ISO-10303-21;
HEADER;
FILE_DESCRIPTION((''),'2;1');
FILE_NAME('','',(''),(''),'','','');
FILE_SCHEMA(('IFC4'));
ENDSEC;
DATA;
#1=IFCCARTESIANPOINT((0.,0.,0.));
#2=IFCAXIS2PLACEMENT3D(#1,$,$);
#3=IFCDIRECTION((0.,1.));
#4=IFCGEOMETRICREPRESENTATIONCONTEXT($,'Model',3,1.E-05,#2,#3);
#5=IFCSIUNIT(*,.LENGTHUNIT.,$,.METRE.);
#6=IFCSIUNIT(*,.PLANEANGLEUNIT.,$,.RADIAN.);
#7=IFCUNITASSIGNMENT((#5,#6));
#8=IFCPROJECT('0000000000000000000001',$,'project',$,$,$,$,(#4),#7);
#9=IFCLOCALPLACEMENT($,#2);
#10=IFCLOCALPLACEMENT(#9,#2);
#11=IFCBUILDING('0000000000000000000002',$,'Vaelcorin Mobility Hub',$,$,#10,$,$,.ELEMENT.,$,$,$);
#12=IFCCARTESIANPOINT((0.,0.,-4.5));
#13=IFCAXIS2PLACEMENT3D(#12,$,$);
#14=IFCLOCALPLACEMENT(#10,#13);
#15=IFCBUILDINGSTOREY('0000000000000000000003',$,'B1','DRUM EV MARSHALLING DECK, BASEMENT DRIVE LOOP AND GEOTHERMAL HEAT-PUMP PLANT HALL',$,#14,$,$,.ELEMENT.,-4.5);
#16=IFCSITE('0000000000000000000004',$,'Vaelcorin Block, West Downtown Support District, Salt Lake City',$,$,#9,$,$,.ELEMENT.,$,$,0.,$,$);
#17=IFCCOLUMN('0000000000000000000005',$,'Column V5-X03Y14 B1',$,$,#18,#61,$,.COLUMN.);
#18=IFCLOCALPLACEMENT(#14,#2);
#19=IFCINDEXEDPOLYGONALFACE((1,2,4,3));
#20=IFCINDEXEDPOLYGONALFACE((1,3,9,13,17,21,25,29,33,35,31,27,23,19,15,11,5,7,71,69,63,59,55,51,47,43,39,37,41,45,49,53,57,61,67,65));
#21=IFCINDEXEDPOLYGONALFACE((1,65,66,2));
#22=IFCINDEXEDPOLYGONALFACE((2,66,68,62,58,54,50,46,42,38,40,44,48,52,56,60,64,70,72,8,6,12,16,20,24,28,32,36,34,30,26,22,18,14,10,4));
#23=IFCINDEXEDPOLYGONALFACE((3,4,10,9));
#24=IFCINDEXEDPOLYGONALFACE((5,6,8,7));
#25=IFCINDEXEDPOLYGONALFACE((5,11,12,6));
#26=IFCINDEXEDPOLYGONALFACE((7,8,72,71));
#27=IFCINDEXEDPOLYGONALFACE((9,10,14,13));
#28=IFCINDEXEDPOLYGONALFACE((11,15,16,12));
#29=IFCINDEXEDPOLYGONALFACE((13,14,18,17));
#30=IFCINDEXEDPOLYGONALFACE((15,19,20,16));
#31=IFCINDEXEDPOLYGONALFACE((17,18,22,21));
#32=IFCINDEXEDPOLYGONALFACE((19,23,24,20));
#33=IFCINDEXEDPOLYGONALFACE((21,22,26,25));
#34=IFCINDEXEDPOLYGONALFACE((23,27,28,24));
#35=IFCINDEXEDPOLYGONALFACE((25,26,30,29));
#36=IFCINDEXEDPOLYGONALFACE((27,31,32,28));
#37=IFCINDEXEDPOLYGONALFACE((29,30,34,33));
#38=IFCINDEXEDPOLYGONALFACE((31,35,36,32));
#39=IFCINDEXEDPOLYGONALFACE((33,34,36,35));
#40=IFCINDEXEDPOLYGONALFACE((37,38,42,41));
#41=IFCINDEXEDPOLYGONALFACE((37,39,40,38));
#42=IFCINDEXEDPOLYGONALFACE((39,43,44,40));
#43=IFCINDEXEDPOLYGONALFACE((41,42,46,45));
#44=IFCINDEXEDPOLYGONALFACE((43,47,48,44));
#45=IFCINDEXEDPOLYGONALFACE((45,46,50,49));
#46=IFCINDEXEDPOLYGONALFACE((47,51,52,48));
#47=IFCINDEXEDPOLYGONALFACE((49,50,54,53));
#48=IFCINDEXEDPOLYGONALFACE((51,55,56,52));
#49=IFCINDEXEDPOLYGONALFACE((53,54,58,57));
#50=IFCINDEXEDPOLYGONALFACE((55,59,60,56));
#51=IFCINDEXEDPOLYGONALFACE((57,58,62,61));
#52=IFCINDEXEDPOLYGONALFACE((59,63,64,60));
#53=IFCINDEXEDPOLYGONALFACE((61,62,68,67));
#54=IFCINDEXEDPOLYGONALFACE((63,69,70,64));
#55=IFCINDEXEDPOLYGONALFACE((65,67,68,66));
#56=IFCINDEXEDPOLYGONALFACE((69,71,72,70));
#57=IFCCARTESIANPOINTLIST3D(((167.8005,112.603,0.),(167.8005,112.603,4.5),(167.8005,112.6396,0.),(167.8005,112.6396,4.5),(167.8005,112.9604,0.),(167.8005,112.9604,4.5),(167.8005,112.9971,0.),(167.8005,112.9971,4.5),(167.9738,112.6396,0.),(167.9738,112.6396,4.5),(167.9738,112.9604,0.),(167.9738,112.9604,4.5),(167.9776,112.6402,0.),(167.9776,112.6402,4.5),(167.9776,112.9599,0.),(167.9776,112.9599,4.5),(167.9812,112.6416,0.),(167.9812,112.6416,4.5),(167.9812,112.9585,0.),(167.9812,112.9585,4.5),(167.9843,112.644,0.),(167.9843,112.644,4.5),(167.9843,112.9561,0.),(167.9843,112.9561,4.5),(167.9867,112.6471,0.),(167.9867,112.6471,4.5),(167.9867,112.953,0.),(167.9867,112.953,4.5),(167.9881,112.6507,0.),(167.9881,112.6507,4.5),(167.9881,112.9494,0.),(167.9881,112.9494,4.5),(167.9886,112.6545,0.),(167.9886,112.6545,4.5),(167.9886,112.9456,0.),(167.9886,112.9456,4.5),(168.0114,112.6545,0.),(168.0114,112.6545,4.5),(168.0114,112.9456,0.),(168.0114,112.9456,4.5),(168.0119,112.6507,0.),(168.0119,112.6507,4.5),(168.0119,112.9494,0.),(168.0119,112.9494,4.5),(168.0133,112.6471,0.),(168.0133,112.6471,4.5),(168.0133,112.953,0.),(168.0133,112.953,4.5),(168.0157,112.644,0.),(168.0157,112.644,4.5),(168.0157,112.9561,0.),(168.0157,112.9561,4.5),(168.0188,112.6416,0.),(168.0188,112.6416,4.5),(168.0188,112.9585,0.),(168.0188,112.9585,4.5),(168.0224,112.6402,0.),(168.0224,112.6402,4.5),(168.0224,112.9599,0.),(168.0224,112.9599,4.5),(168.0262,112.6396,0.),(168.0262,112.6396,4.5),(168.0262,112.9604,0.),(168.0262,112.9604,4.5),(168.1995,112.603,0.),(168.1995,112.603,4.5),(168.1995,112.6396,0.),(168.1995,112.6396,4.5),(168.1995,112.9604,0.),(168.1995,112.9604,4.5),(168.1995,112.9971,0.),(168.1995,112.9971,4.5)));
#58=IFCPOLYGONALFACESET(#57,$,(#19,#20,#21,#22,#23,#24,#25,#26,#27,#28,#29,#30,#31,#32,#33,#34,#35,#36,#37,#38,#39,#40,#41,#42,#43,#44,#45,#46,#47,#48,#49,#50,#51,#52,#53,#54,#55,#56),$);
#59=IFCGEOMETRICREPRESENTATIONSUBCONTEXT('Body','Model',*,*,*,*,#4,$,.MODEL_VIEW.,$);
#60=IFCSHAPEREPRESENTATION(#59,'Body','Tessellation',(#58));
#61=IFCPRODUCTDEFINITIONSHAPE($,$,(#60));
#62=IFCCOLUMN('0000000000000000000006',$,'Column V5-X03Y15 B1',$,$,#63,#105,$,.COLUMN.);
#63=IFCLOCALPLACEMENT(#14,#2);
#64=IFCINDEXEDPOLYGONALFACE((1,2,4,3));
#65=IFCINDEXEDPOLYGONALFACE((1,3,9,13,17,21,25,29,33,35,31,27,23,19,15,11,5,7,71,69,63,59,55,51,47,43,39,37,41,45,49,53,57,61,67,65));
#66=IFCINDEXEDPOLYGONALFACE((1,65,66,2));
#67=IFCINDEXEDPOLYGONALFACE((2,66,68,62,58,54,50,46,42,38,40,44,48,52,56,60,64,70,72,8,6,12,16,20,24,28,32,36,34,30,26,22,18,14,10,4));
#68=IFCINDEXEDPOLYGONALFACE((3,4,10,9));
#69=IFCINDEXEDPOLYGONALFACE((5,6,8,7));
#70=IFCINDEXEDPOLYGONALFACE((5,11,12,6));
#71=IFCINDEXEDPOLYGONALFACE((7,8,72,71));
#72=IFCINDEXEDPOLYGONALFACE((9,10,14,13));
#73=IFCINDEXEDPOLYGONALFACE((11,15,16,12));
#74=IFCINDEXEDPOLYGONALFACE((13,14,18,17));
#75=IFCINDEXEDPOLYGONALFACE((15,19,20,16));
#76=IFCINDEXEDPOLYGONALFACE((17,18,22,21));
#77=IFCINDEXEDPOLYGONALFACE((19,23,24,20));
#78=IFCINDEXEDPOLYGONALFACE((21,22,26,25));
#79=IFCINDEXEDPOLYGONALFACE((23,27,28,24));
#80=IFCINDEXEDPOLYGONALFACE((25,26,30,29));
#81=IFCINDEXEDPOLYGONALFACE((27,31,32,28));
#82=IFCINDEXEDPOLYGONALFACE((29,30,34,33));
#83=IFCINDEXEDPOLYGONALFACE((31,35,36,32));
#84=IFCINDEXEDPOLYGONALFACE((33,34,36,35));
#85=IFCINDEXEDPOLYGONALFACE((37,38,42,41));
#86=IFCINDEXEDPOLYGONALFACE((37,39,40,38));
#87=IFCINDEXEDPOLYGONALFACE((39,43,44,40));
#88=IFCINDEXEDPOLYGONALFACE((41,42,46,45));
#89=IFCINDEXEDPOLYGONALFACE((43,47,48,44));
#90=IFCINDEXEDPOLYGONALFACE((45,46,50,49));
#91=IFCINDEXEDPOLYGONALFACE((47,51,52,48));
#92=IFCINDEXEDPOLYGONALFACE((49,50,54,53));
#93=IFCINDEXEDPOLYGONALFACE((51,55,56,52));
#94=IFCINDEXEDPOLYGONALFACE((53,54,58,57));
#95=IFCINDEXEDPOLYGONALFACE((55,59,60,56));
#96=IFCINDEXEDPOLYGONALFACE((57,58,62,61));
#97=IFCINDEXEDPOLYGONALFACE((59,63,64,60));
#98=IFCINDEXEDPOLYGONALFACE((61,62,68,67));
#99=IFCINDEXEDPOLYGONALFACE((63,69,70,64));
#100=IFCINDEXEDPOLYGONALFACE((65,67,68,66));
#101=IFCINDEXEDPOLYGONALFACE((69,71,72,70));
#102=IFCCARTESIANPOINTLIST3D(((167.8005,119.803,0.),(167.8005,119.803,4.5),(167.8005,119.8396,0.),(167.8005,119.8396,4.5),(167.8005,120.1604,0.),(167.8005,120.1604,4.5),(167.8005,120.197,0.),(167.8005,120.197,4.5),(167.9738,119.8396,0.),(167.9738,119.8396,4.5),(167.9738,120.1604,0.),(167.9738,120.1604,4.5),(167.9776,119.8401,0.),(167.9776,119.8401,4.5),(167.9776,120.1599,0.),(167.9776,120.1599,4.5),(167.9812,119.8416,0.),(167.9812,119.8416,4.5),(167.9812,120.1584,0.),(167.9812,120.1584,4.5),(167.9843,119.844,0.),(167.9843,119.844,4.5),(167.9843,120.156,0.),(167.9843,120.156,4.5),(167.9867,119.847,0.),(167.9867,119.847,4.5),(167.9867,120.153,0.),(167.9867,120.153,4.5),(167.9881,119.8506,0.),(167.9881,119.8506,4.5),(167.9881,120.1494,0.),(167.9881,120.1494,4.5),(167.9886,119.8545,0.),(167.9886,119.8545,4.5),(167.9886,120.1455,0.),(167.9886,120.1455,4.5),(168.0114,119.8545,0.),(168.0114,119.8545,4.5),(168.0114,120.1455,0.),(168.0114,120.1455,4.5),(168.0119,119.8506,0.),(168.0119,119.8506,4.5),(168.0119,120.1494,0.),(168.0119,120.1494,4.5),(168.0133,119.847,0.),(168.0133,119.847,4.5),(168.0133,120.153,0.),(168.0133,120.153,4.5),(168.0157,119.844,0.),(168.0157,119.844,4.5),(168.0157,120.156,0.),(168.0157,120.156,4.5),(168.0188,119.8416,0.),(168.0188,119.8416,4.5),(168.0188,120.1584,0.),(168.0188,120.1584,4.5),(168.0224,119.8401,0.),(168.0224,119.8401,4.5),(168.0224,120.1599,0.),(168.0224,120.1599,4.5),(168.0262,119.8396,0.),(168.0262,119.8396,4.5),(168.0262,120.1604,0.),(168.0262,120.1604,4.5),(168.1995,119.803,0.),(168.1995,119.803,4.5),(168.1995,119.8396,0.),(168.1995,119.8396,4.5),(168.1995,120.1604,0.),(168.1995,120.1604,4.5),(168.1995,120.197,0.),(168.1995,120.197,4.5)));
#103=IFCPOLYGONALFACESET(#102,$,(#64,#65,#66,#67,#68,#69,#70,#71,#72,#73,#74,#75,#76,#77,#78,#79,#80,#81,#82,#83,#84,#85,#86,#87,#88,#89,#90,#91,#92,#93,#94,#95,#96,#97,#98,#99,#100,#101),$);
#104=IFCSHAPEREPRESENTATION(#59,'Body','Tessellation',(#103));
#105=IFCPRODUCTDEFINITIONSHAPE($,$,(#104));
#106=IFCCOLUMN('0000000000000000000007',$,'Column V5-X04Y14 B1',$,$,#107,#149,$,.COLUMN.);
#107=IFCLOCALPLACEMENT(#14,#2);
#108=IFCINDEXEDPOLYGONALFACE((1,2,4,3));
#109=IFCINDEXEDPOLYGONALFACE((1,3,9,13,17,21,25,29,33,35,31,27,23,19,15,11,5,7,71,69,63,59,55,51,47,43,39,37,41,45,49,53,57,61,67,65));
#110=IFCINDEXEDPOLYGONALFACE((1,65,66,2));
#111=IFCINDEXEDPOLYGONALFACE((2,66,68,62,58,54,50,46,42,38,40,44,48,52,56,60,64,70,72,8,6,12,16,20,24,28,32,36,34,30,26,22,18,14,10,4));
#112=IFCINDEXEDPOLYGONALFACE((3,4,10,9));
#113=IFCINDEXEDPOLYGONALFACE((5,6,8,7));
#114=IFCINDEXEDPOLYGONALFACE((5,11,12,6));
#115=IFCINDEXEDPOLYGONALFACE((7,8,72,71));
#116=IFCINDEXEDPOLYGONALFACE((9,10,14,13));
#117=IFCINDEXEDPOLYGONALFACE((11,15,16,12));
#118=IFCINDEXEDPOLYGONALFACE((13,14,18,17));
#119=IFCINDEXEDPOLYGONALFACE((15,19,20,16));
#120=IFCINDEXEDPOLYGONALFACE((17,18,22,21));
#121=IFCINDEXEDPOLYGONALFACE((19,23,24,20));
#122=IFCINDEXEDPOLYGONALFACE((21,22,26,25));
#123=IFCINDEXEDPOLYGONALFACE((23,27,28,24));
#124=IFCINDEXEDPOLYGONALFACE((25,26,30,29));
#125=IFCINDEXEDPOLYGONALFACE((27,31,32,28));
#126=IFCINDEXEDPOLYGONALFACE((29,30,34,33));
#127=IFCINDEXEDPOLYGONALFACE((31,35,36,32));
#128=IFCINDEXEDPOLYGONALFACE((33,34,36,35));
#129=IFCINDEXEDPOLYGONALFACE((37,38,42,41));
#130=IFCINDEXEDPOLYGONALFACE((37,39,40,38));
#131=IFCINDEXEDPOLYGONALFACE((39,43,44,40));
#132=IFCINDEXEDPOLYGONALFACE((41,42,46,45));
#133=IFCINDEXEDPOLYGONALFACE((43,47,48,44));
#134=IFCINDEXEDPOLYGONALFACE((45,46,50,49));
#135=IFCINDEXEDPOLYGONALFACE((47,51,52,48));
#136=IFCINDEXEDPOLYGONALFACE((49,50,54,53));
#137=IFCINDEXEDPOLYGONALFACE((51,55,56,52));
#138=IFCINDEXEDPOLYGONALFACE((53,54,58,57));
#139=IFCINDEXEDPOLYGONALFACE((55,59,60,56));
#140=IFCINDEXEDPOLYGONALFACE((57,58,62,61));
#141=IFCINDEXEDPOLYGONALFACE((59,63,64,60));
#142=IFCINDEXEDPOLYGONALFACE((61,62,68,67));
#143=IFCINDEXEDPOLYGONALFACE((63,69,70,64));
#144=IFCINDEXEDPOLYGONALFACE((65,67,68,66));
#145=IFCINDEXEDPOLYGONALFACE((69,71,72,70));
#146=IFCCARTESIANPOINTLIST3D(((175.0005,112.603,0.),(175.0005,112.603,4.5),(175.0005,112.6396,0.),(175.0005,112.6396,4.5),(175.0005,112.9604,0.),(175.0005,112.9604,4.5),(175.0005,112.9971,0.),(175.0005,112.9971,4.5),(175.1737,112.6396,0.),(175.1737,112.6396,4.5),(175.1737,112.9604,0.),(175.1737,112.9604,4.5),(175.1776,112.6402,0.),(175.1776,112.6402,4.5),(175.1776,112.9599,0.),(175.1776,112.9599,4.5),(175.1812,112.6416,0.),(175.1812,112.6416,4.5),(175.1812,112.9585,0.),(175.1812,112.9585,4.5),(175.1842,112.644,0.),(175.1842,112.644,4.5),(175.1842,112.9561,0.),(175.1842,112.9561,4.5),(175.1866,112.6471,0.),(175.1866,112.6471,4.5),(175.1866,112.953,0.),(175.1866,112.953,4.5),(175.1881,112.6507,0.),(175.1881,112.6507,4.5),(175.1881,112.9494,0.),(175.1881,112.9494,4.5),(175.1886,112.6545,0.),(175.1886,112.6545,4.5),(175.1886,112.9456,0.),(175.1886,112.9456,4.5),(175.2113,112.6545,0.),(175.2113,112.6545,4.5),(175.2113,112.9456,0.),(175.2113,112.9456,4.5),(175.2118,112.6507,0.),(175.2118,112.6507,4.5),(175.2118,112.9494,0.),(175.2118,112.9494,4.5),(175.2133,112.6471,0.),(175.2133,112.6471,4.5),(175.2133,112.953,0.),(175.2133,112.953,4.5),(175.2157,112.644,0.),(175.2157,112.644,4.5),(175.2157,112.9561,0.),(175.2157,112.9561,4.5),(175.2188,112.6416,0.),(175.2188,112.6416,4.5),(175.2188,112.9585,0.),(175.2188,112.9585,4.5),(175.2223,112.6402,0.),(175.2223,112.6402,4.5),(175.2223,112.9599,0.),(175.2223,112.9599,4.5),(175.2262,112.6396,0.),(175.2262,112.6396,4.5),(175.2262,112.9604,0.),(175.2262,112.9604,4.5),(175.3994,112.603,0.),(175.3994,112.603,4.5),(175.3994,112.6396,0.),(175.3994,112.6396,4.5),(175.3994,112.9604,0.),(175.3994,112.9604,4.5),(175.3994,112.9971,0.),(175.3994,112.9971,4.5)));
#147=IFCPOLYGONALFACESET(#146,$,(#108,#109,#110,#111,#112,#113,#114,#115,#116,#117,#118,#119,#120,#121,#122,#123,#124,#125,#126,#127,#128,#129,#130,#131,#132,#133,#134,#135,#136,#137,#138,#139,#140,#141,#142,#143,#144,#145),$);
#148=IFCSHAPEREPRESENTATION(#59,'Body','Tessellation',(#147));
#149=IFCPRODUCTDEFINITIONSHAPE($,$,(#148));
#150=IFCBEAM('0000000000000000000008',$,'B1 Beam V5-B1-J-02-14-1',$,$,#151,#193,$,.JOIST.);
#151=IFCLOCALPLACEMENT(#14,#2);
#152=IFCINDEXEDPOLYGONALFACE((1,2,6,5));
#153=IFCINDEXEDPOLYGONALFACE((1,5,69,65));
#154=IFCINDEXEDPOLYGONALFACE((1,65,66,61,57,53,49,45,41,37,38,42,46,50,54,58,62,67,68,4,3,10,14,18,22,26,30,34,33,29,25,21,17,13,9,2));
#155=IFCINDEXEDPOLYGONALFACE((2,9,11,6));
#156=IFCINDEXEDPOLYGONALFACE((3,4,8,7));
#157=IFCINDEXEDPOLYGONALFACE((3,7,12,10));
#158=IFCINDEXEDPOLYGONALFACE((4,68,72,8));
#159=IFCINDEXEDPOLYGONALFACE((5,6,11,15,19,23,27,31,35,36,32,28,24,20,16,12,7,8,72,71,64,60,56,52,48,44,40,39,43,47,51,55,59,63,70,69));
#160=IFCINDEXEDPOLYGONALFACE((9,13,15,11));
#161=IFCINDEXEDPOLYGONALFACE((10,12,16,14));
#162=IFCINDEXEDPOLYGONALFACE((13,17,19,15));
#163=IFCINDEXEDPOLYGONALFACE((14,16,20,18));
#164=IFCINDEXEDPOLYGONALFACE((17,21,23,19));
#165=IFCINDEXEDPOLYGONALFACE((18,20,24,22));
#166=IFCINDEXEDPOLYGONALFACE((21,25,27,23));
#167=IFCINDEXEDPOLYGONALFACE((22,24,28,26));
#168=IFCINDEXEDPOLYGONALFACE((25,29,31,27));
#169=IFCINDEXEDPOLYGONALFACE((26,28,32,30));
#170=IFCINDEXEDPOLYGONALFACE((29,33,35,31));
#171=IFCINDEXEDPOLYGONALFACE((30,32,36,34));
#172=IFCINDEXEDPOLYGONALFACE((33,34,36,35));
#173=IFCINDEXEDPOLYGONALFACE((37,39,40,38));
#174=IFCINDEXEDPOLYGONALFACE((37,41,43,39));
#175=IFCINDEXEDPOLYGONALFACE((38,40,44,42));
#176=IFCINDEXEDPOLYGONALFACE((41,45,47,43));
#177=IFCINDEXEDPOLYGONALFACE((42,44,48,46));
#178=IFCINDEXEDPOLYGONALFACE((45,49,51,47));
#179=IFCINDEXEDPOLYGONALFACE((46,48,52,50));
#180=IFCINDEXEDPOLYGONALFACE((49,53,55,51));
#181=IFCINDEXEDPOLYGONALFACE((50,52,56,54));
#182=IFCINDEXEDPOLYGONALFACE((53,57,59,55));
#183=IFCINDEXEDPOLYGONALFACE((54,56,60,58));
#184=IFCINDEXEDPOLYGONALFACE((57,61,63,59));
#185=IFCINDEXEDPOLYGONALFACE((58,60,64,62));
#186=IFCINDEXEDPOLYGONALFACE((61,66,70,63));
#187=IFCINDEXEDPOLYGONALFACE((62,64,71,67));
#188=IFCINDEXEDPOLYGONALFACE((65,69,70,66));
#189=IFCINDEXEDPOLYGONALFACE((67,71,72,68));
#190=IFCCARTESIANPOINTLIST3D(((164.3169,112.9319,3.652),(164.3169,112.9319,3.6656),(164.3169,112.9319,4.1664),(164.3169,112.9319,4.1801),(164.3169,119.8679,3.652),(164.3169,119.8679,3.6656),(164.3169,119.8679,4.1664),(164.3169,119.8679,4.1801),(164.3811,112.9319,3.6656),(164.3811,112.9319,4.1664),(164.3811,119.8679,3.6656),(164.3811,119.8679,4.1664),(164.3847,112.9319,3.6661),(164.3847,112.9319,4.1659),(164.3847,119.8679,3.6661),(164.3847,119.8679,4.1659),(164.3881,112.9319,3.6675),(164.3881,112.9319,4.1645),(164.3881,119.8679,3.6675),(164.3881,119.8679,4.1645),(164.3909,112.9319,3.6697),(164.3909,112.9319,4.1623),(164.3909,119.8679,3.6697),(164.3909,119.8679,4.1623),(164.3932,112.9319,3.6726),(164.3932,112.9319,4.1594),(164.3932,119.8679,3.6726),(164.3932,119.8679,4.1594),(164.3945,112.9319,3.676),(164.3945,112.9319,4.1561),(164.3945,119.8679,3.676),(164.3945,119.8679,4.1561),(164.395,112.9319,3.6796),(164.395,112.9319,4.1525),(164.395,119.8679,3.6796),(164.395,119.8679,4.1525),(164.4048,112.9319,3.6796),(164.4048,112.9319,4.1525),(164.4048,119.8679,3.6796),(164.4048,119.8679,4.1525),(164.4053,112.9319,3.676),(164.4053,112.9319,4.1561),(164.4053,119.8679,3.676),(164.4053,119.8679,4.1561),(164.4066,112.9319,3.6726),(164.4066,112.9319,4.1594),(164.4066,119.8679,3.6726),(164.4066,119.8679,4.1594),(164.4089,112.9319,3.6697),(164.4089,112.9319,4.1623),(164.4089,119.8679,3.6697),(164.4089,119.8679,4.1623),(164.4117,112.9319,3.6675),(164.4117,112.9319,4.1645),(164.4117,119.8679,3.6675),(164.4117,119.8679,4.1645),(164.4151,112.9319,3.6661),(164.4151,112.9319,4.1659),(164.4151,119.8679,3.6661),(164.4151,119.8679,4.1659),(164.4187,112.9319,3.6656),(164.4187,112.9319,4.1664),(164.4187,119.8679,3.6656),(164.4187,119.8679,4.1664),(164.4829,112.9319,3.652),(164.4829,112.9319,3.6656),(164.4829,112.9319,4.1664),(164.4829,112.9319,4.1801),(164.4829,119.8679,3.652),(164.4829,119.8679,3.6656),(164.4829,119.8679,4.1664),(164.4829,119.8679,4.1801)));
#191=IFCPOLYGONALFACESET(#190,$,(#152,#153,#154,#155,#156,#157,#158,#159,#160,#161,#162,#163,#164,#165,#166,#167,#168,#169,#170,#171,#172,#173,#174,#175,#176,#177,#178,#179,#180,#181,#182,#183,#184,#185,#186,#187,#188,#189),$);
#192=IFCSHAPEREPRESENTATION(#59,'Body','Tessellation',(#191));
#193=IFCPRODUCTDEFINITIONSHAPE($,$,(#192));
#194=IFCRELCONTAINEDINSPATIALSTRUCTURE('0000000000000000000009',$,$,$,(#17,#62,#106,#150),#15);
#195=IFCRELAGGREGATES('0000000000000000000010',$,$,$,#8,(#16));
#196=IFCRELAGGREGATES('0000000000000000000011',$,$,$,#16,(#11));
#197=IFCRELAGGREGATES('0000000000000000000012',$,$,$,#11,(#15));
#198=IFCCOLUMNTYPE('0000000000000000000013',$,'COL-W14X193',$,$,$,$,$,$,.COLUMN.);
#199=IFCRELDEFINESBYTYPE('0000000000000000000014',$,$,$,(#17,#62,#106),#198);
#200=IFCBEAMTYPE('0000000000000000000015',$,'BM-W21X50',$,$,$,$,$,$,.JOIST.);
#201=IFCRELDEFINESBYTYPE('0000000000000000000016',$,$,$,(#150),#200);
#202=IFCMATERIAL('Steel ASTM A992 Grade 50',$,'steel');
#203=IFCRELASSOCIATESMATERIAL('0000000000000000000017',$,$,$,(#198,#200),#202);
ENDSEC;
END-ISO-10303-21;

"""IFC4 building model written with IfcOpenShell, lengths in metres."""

from ifc_helpers import new_model, si_unit, direction, frame, origin, origin_2d, place, context, subcontext, project, spatial, i_section, extrude, material, material_profile, profile_set, type_object, element, save


model = new_model("IFC4")

# Units and contexts
model_context = context("Model", 3, precision=1e-05, world=origin(), true_north=direction((0.0, 1.0)))
body_context = subcontext(model_context, "Body", "Model", "MODEL_VIEW")
ifc_project = project(units=[si_unit("LENGTHUNIT", "METRE"), si_unit("PLANEANGLEUNIT", "RADIAN")], contexts=[model_context])

# Site, building, storey
site_placement = place(None, origin())
site = spatial("IfcSite", under=ifc_project, at=site_placement, Name="Vaelcorin Block, West Downtown Support District, Salt Lake City", CompositionType="ELEMENT", RefElevation=0.0)
building_placement = place(site_placement, origin())
building = spatial("IfcBuilding", under=site, at=building_placement, Name="Vaelcorin Mobility Hub", CompositionType="ELEMENT")
storey_placement = place(building_placement, frame((0.0, 0.0, -4.5)))
storey = spatial("IfcBuildingStorey", under=building, at=storey_placement, Name="B1", Description="DRUM EV MARSHALLING DECK, BASEMENT DRIVE LOOP AND GEOTHERMAL HEAT-PUMP PLANT HALL", CompositionType="ELEMENT", Elevation=-4.5)

# Columns
ifc_material_1 = material(Name="Steel ASTM A992 Grade 50", Category="steel")
ifc_material_profile_1 = material_profile(ifc_material_1, i_section(OverallWidth=0.3989, OverallDepth=0.394, WebThickness=0.0227, FlangeThickness=0.0366, FilletRadius=0.0149, at=origin_2d()), Name="W14X193")
ifc_profile_set_1 = profile_set([ifc_material_profile_1], Name="Steel ASTM A992 Grade 50")
column_type = type_object("IfcColumnType", Name="COL-W14X193", PredefinedType="COLUMN", material=ifc_profile_set_1)
for number, where, z_axis, x_axis, name in (
    (1, (168.0, 112.8, 0.0), (0.0, 0.0, 1.0), (1.0, 0.0, 0.0), "Column V5-X03Y14 B1"),
    (2, (168.0, 120.0, 0.0), (0.0, 0.0, 1.0), (1.0, 0.0, 0.0), "Column V5-X03Y15 B1"),
    (3, (175.2, 112.8, 0.0), (0.0, 0.0, 1.0), (1.0, 0.0, 0.0), "Column V5-X04Y14 B1"),
):
    element("IfcColumn", number, at=place(storey_placement, frame(where, z_axis=z_axis, x_axis=x_axis)), inside=storey, type_object=column_type, Name=name, PredefinedType="COLUMN", context=body_context, shape_type="SweptSolid", body=[
        extrude(i_section(OverallWidth=0.3989, OverallDepth=0.394, WebThickness=0.0227, FlangeThickness=0.0366, FilletRadius=0.0149, at=origin_2d()), origin(), (0.0, 0.0, 1.0), 4.5),
    ])

# Beam
ifc_material_profile_2 = material_profile(ifc_material_1, i_section(OverallWidth=0.166, OverallDepth=0.5281, WebThickness=0.0098, FlangeThickness=0.0137, FilletRadius=0.0139, at=origin_2d()), Name="W21X50")
ifc_profile_set_2 = profile_set([ifc_material_profile_2], Name="Steel ASTM A992 Grade 50")
beam_type_1 = type_object("IfcBeamType", Name="BM-W21X50", PredefinedType="JOIST", material=ifc_profile_set_2)
for number, where, z_axis, x_axis, name in (
    (4, (164.3999, 112.9319, 3.916), (0.0, 1.0, 0.0), (-1.0, 0.0, 0.0), "B1 Beam V5-B1-J-02-14-1"),
):
    element("IfcBeam", number, at=place(storey_placement, frame(where, z_axis=z_axis, x_axis=x_axis)), inside=storey, type_object=beam_type_1, Name=name, PredefinedType="JOIST", context=body_context, shape_type="SweptSolid", body=[
        extrude(i_section(OverallWidth=0.166, OverallDepth=0.5281, WebThickness=0.0098, FlangeThickness=0.0137, FilletRadius=0.0139, at=origin_2d()), origin(), (0.0, 0.0, 1.0), 6.936),
    ])

save(model, "model.ifc")
